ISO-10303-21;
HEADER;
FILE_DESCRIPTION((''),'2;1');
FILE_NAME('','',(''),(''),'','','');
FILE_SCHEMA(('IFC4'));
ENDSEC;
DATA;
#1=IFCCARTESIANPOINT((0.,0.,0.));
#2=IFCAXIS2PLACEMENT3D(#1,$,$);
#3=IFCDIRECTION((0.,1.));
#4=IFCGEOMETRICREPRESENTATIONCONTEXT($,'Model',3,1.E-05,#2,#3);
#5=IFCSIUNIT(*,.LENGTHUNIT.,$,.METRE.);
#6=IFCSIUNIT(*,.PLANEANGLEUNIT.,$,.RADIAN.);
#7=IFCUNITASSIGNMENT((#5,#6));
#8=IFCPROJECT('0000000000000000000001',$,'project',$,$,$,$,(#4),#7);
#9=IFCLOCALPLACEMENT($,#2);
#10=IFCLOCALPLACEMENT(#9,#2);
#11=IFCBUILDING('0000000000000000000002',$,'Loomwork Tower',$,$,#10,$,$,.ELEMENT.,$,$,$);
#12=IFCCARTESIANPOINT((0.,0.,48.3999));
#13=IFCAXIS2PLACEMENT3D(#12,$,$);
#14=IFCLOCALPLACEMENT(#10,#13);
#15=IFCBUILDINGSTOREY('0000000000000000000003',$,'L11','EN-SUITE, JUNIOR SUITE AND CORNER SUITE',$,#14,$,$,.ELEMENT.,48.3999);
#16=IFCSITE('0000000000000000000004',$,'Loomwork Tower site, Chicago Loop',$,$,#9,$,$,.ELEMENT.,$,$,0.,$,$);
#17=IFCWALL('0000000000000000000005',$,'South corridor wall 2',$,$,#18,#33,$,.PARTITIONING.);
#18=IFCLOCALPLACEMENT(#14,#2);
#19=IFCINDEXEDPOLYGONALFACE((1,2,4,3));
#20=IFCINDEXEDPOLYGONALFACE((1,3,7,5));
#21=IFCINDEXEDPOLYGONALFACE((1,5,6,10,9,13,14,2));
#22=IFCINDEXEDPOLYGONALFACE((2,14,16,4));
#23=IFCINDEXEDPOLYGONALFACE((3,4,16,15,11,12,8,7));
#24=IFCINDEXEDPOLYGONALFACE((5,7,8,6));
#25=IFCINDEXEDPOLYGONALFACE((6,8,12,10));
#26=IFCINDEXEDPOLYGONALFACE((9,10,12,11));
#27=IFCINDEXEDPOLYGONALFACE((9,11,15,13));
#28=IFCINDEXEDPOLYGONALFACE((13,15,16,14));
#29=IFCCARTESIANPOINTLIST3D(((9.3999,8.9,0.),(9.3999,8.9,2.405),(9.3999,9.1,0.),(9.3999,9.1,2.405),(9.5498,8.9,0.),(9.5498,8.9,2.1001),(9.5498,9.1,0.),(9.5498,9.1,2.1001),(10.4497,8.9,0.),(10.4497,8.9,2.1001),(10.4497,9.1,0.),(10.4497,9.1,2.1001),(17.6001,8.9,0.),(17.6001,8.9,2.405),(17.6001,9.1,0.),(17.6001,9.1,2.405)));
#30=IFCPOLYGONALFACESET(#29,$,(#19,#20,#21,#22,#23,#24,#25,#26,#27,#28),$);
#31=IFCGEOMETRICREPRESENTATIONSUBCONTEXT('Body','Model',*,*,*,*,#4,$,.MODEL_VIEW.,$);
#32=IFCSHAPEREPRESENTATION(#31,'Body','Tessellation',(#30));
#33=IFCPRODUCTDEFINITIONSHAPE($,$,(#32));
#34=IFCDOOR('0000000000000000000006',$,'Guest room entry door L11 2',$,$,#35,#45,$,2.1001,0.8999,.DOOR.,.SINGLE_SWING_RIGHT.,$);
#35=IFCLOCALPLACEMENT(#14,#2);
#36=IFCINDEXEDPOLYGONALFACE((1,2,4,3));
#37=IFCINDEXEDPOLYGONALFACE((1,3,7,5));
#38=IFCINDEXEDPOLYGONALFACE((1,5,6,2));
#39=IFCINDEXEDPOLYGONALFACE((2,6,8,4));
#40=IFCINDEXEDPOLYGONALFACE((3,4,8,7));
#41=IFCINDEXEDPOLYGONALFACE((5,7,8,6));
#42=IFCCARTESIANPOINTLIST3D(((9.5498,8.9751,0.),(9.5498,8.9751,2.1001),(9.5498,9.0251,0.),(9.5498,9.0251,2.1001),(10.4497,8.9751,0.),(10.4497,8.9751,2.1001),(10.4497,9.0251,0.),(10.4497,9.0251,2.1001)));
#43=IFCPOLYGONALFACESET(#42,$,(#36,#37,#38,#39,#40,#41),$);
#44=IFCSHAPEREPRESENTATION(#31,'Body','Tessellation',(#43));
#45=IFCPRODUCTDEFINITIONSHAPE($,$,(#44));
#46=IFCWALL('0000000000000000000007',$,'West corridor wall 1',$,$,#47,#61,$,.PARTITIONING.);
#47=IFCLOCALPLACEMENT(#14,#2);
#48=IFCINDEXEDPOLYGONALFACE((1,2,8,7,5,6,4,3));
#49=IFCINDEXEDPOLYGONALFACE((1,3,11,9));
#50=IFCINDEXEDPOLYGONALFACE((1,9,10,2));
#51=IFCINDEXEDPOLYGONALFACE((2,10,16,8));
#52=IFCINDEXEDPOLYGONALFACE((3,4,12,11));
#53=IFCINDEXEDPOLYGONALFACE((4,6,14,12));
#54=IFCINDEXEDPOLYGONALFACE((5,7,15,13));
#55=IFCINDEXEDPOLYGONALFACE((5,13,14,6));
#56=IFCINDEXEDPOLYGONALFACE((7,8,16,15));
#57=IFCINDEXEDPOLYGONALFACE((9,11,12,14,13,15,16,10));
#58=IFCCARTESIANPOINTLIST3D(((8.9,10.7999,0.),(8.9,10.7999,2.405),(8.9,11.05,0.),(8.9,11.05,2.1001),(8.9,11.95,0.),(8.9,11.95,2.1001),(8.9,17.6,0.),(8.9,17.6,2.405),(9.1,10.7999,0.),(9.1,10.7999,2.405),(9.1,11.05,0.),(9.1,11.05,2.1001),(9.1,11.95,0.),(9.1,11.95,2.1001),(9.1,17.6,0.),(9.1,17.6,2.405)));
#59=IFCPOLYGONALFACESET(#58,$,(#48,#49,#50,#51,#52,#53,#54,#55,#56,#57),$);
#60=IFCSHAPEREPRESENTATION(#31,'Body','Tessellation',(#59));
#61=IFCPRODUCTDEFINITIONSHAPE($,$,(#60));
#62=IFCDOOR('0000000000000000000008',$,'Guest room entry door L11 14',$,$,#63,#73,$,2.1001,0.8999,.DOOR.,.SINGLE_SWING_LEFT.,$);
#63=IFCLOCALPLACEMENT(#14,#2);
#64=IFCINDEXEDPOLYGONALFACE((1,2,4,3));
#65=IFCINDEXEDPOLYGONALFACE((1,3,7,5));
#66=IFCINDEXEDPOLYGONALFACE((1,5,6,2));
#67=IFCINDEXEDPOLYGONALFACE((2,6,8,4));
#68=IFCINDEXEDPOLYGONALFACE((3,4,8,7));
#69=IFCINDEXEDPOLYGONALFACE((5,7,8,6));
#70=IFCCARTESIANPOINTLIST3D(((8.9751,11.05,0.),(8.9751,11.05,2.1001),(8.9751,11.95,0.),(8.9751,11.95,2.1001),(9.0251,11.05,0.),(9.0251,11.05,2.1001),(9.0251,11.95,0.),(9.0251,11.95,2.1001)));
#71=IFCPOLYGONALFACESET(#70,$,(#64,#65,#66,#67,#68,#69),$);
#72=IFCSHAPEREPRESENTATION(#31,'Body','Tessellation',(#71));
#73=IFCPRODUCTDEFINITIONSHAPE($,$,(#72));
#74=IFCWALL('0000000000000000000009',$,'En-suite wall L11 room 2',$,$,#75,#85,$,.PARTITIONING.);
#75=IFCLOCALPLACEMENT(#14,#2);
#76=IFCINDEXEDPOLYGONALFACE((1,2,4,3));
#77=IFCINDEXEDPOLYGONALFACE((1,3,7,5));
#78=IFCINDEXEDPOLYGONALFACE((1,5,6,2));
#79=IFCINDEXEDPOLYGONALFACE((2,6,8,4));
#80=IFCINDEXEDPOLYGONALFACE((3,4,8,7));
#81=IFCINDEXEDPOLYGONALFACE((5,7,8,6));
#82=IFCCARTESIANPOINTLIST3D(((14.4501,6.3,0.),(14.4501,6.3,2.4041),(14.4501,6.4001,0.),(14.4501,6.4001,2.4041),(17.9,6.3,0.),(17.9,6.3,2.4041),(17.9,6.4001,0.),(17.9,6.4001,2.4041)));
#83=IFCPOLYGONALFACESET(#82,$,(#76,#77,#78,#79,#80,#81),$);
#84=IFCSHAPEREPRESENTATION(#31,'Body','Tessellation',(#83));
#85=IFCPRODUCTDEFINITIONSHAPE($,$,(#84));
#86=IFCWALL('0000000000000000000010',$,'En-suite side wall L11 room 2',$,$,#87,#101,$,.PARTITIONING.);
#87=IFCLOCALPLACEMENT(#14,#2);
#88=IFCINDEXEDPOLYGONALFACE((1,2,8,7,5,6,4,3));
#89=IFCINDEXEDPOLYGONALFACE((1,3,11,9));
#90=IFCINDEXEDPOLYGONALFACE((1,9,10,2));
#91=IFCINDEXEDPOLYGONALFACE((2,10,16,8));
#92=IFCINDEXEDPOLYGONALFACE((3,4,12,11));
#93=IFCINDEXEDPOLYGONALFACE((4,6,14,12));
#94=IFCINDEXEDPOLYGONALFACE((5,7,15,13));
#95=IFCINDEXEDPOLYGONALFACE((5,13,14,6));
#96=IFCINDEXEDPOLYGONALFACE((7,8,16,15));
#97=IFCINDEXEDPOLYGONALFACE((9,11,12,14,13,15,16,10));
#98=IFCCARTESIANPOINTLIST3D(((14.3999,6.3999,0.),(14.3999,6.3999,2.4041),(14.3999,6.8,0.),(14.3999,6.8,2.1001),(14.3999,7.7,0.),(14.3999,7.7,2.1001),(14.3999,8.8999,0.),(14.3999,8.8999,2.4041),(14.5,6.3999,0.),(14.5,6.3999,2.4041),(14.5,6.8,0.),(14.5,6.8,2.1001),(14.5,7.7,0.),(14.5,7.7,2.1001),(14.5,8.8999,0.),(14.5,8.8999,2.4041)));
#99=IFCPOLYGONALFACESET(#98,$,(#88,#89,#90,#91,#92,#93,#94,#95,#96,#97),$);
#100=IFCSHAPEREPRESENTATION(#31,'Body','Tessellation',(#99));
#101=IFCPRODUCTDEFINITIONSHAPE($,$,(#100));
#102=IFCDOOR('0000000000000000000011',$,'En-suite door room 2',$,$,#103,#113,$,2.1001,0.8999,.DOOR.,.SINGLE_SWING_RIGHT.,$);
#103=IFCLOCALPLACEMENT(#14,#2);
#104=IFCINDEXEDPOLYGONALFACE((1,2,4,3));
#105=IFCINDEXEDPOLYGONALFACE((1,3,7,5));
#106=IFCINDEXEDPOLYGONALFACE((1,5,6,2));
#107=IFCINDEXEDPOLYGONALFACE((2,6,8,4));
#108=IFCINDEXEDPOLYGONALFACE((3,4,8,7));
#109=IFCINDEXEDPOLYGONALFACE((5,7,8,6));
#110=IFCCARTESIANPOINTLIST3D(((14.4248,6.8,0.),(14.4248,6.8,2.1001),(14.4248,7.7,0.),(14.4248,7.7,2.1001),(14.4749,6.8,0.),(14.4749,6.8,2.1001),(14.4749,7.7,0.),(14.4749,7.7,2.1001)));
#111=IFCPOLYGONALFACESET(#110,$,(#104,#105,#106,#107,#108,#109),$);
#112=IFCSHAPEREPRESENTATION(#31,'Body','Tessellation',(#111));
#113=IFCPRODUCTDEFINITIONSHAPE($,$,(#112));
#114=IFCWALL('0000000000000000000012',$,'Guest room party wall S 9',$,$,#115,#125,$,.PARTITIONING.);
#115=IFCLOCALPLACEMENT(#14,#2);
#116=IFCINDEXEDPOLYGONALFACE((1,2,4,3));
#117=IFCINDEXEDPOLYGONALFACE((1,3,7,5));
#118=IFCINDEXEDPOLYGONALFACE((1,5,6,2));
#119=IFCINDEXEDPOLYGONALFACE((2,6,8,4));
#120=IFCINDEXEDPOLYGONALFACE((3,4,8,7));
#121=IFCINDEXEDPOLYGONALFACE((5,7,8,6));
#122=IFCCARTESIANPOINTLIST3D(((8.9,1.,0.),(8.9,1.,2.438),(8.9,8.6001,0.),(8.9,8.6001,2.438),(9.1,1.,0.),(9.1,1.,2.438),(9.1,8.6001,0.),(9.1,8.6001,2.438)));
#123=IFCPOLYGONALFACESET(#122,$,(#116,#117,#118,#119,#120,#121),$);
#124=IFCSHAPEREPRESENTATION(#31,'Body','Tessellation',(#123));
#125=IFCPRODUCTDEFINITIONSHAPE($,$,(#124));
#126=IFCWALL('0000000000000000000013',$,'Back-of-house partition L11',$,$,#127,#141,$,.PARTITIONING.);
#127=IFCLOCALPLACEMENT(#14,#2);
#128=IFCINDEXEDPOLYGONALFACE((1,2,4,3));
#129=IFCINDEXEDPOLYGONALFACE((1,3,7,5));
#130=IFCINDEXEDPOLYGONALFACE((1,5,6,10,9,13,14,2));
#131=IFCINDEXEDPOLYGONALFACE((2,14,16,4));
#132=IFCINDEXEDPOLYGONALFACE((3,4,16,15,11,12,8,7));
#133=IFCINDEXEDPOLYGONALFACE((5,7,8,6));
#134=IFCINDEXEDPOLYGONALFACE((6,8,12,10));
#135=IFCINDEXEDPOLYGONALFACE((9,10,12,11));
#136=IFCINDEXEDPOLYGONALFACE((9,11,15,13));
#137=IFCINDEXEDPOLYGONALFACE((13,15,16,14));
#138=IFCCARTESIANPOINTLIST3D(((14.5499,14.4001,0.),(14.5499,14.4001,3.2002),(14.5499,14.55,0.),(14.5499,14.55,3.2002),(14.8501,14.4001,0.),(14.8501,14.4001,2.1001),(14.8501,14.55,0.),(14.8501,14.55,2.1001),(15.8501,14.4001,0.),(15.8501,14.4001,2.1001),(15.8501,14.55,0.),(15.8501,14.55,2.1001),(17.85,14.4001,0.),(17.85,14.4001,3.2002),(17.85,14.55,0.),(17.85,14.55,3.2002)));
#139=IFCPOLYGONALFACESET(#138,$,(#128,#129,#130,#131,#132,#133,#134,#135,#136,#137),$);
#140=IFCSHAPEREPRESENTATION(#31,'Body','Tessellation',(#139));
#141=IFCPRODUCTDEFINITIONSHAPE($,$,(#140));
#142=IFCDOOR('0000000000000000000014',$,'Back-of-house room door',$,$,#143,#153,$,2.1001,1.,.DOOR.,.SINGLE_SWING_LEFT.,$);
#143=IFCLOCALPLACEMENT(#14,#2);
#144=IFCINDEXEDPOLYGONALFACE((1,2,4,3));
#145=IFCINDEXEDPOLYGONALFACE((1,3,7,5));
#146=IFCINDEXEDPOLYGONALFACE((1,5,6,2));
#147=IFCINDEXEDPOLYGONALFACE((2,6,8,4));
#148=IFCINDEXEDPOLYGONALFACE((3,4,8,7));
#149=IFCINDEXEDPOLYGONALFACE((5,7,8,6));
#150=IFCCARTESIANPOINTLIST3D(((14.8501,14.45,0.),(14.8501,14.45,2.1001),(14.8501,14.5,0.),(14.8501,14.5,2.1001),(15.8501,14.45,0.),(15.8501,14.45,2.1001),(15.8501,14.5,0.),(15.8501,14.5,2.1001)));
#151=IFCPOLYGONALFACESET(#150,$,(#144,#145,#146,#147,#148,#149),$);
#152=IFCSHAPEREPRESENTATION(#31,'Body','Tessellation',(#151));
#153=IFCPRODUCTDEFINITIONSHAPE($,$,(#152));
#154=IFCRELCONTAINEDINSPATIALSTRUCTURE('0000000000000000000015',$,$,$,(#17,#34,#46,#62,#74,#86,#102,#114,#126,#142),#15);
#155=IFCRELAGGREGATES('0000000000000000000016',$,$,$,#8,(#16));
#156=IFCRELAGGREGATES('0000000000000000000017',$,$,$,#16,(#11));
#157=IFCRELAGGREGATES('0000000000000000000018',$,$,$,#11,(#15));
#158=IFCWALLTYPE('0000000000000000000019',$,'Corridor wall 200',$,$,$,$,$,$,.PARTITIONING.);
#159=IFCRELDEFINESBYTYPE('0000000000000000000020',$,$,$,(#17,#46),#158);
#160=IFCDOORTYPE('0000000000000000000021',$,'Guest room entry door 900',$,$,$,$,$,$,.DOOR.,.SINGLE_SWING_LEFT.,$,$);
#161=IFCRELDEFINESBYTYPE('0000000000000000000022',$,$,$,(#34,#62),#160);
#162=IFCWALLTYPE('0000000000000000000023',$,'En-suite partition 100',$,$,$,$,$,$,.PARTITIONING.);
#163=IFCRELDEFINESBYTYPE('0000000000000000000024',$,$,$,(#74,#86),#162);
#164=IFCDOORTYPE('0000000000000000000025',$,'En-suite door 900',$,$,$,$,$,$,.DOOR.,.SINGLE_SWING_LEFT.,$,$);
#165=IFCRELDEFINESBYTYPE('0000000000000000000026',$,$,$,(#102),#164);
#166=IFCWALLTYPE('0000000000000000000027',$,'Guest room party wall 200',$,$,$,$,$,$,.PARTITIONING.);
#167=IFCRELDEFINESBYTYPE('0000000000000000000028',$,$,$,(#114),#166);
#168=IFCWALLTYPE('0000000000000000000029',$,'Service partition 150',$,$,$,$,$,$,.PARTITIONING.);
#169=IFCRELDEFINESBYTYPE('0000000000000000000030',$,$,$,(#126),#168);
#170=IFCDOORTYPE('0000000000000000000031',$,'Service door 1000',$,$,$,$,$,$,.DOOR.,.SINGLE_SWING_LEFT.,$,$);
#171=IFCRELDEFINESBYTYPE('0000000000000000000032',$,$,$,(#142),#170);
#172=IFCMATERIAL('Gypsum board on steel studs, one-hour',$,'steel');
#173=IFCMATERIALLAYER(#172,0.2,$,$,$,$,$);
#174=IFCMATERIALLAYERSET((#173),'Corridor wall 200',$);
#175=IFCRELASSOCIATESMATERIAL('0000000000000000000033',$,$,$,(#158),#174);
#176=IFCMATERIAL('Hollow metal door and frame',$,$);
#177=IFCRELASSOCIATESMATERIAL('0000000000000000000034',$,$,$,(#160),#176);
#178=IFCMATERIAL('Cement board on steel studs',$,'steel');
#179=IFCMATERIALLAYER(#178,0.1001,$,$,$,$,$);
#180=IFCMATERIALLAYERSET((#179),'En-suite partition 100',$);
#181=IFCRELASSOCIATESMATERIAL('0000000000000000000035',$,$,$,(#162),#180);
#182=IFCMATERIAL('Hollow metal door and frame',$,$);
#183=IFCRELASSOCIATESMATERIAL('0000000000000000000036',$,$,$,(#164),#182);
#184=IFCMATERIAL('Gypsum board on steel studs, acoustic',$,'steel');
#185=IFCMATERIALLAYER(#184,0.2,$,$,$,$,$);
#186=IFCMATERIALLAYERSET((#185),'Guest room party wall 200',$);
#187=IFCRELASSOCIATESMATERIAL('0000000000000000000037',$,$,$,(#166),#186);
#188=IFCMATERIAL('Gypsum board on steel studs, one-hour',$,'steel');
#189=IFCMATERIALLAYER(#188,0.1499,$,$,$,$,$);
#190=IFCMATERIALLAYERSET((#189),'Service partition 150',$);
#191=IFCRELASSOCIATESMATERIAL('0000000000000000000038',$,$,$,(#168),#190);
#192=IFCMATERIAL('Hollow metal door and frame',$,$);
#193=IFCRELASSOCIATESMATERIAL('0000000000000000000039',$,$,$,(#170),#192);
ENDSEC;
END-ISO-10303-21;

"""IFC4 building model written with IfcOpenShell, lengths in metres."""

from ifc_helpers import new_model, si_unit, direction, frame, frame_2d, origin, place, context, subcontext, project, spatial, rectangle, extrude, material, layer, layer_set, type_object, element, fill, save


model = new_model("IFC4")

# Units and contexts
model_context = context("Model", 3, precision=1e-05, world=origin(), true_north=direction((0.0, 1.0)))
body_context = subcontext(model_context, "Body", "Model", "MODEL_VIEW")
ifc_project = project(units=[si_unit("LENGTHUNIT", "METRE"), si_unit("PLANEANGLEUNIT", "RADIAN")], contexts=[model_context])

# Site, building, storey
site_placement = place(None, origin())
site = spatial("IfcSite", under=ifc_project, at=site_placement, Name="Loomwork Tower site, Chicago Loop", CompositionType="ELEMENT", RefElevation=0.0)
building_placement = place(site_placement, origin())
building = spatial("IfcBuilding", under=site, at=building_placement, Name="Loomwork Tower", CompositionType="ELEMENT")
storey_placement = place(building_placement, frame((0.0, 0.0, 48.3999)))
storey = spatial("IfcBuildingStorey", under=building, at=storey_placement, Name="L11", Description="EN-SUITE, JUNIOR SUITE AND CORNER SUITE", CompositionType="ELEMENT", Elevation=48.3999)

# Walls, openings, doors
ifc_material_1 = material(Name="Gypsum board on steel studs, one-hour", Category="steel")
ifc_layer_1 = layer(ifc_material_1, 0.2)
ifc_layer_set_1 = layer_set([ifc_layer_1], Name="Corridor wall 200")
wall_type_1 = type_object("IfcWallType", Name="Corridor wall 200", PredefinedType="PARTITIONING", material=ifc_layer_set_1)
wall_1_placement = place(storey_placement, frame((9.3999, 9.0, 0.0), z_axis=(0.0, 0.0, 1.0), x_axis=(1.0, 0.0, 0.0)))
wall_1 = element("IfcWall", 1, at=wall_1_placement, inside=storey, type_object=wall_type_1, Name="South corridor wall 2", PredefinedType="PARTITIONING", context=body_context, shape_type="SweptSolid", body=[
    extrude(rectangle(XDim=8.2002, YDim=0.2, at=frame_2d((4.1001, 0.0))), origin(), (0.0, 0.0, 1.0), 2.405),
])
opening_1_placement = place(wall_1_placement, frame((0.1499, 0.0, 0.0)))
opening_1 = element("IfcOpeningElement", 2, at=opening_1_placement, cuts=wall_1, PredefinedType="OPENING", context=body_context, shape_type="SweptSolid", body=[
    extrude(rectangle(XDim=0.8999, YDim=2.1001, at=frame_2d((0.45, 1.05))), frame((0.0, 0.1099, 0.0), z_axis=(0.0, -1.0, 0.0), x_axis=(1.0, 0.0, 0.0)), (0.0, 0.0, 1.0), 0.22),
])
ifc_material_2 = material(Name="Hollow metal door and frame")
door_type_1 = type_object("IfcDoorType", Name="Guest room entry door 900", OperationType="SINGLE_SWING_LEFT", PredefinedType="DOOR", material=ifc_material_2)
door_1_placement = place(opening_1_placement, frame((0.8999, 0.0, 0.0), z_axis=(0.0, 0.0, 1.0), x_axis=(-1.0, 0.0, 0.0)))
door_1 = element("IfcDoor", 3, at=door_1_placement, inside=storey, type_object=door_type_1, Name="Guest room entry door L11 2", OperationType="SINGLE_SWING_RIGHT", OverallHeight=2.1001, OverallWidth=0.8999, PredefinedType="DOOR", context=body_context, shape_type="SweptSolid", body=[
    extrude(rectangle(XDim=0.8999, YDim=2.1001, at=frame_2d((0.45, 1.05))), frame((0.0, 0.0249, 0.0), z_axis=(0.0, -1.0, 0.0), x_axis=(1.0, 0.0, 0.0)), (0.0, 0.0, 1.0), 0.05),
])
fill(opening_1, door_1)
wall_2_placement = place(storey_placement, frame((9.0, 10.8, 0.0), z_axis=(0.0, 0.0, 1.0), x_axis=(0.0, 1.0, 0.0)))
wall_2 = element("IfcWall", 4, at=wall_2_placement, inside=storey, type_object=wall_type_1, Name="West corridor wall 1", PredefinedType="PARTITIONING", context=body_context, shape_type="SweptSolid", body=[
    extrude(rectangle(XDim=6.8, YDim=0.2, at=frame_2d((3.3999, 0.0))), origin(), (0.0, 0.0, 1.0), 2.405),
])
opening_2_placement = place(wall_2_placement, frame((0.25, 0.0, 0.0)))
opening_2 = element("IfcOpeningElement", 5, at=opening_2_placement, cuts=wall_2, PredefinedType="OPENING", context=body_context, shape_type="SweptSolid", body=[
    extrude(rectangle(XDim=0.8999, YDim=2.1001, at=frame_2d((0.45, 1.05))), frame((0.0, 0.1099, 0.0), z_axis=(0.0, -1.0, 0.0), x_axis=(1.0, 0.0, 0.0)), (0.0, 0.0, 1.0), 0.22),
])
door_2_placement = place(opening_2_placement, origin())
door_2 = element("IfcDoor", 6, at=door_2_placement, inside=storey, type_object=door_type_1, Name="Guest room entry door L11 14", OperationType="SINGLE_SWING_LEFT", OverallHeight=2.1001, OverallWidth=0.8999, PredefinedType="DOOR", context=body_context, shape_type="SweptSolid", body=[
    extrude(rectangle(XDim=0.8999, YDim=2.1001, at=frame_2d((0.45, 1.05))), frame((0.0, 0.0249, 0.0), z_axis=(0.0, -1.0, 0.0), x_axis=(1.0, 0.0, 0.0)), (0.0, 0.0, 1.0), 0.05),
])
fill(opening_2, door_2)

# Wall
ifc_material_3 = material(Name="Cement board on steel studs", Category="steel")
ifc_layer_2 = layer(ifc_material_3, 0.1001)
ifc_layer_set_2 = layer_set([ifc_layer_2], Name="En-suite partition 100")
wall_type_2 = type_object("IfcWallType", Name="En-suite partition 100", PredefinedType="PARTITIONING", material=ifc_layer_set_2)
wall_3_placement = place(storey_placement, frame((14.45, 6.3501, 0.0), z_axis=(0.0, 0.0, 1.0), x_axis=(1.0, 0.0, 0.0)))
element("IfcWall", 7, at=wall_3_placement, inside=storey, type_object=wall_type_2, Name="En-suite wall L11 room 2", PredefinedType="PARTITIONING", context=body_context, shape_type="SweptSolid", body=[
    extrude(rectangle(XDim=3.45, YDim=0.1001, at=frame_2d((1.7251, 0.0))), origin(), (0.0, 0.0, 1.0), 2.4041),
])

# Wall, opening, door
wall_4_placement = place(storey_placement, frame((14.45, 8.8999, 0.0), z_axis=(0.0, 0.0, 1.0), x_axis=(0.0, -1.0, 0.0)))
wall_4 = element("IfcWall", 8, at=wall_4_placement, inside=storey, type_object=wall_type_2, Name="En-suite side wall L11 room 2", PredefinedType="PARTITIONING", context=body_context, shape_type="SweptSolid", body=[
    extrude(rectangle(XDim=2.5, YDim=0.1001, at=frame_2d((1.25, 0.0))), origin(), (0.0, 0.0, 1.0), 2.4041),
])
opening_3_placement = place(wall_4_placement, frame((1.2, 0.0, 0.0)))
opening_3 = element("IfcOpeningElement", 9, at=opening_3_placement, cuts=wall_4, PredefinedType="OPENING", context=body_context, shape_type="SweptSolid", body=[
    extrude(rectangle(XDim=0.8999, YDim=2.1001, at=frame_2d((0.45, 1.05))), frame((0.0, 0.0601, 0.0), z_axis=(0.0, -1.0, 0.0), x_axis=(1.0, 0.0, 0.0)), (0.0, 0.0, 1.0), 0.1201),
])
ifc_material_4 = material(Name="Hollow metal door and frame")
door_type_2 = type_object("IfcDoorType", Name="En-suite door 900", OperationType="SINGLE_SWING_LEFT", PredefinedType="DOOR", material=ifc_material_4)
door_3_placement = place(opening_3_placement, origin())
door_3 = element("IfcDoor", 10, at=door_3_placement, inside=storey, type_object=door_type_2, Name="En-suite door room 2", OperationType="SINGLE_SWING_RIGHT", OverallHeight=2.1001, OverallWidth=0.8999, PredefinedType="DOOR", context=body_context, shape_type="SweptSolid", body=[
    extrude(rectangle(XDim=0.8999, YDim=2.1001, at=frame_2d((0.45, 1.05))), frame((0.0, 0.0249, 0.0), z_axis=(0.0, -1.0, 0.0), x_axis=(1.0, 0.0, 0.0)), (0.0, 0.0, 1.0), 0.05),
])
fill(opening_3, door_3)

# Wall
ifc_material_5 = material(Name="Gypsum board on steel studs, acoustic", Category="steel")
ifc_layer_3 = layer(ifc_material_5, 0.2)
ifc_layer_set_3 = layer_set([ifc_layer_3], Name="Guest room party wall 200")
wall_type_3 = type_object("IfcWallType", Name="Guest room party wall 200", PredefinedType="PARTITIONING", material=ifc_layer_set_3)
wall_5_placement = place(storey_placement, frame((9.0, 8.6001, 0.0), z_axis=(0.0, 0.0, 1.0), x_axis=(0.0, -1.0, 0.0)))
element("IfcWall", 11, at=wall_5_placement, inside=storey, type_object=wall_type_3, Name="Guest room party wall S 9", PredefinedType="PARTITIONING", context=body_context, shape_type="SweptSolid", body=[
    extrude(rectangle(XDim=7.6001, YDim=0.2, at=frame_2d((3.8, 0.0))), origin(), (0.0, 0.0, 1.0), 2.438),
])

# Wall, opening, door
ifc_material_6 = material(Name="Gypsum board on steel studs, one-hour", Category="steel")
ifc_layer_4 = layer(ifc_material_6, 0.1499)
ifc_layer_set_4 = layer_set([ifc_layer_4], Name="Service partition 150")
wall_type_4 = type_object("IfcWallType", Name="Service partition 150", PredefinedType="PARTITIONING", material=ifc_layer_set_4)
wall_6_placement = place(storey_placement, frame((14.55, 14.4751, 0.0), z_axis=(0.0, 0.0, 1.0), x_axis=(1.0, 0.0, 0.0)))
wall_6 = element("IfcWall", 12, at=wall_6_placement, inside=storey, type_object=wall_type_4, Name="Back-of-house partition L11", PredefinedType="PARTITIONING", context=body_context, shape_type="SweptSolid", body=[
    extrude(rectangle(XDim=3.3, YDim=0.1499, at=frame_2d((1.6499, 0.0))), origin(), (0.0, 0.0, 1.0), 3.2002),
])
opening_4_placement = place(wall_6_placement, frame((0.3, 0.0, 0.0)))
opening_4 = element("IfcOpeningElement", 13, at=opening_4_placement, cuts=wall_6, PredefinedType="OPENING", context=body_context, shape_type="SweptSolid", body=[
    extrude(rectangle(XDim=1.0, YDim=2.1001, at=frame_2d((0.5, 1.05))), frame((0.0, 0.085, 0.0), z_axis=(0.0, -1.0, 0.0), x_axis=(1.0, 0.0, 0.0)), (0.0, 0.0, 1.0), 0.1699),
])
ifc_material_7 = material(Name="Hollow metal door and frame")
door_type_3 = type_object("IfcDoorType", Name="Service door 1000", OperationType="SINGLE_SWING_LEFT", PredefinedType="DOOR", material=ifc_material_7)
door_4_placement = place(opening_4_placement, origin())
door_4 = element("IfcDoor", 14, at=door_4_placement, inside=storey, type_object=door_type_3, Name="Back-of-house room door", OperationType="SINGLE_SWING_LEFT", OverallHeight=2.1001, OverallWidth=1.0, PredefinedType="DOOR", context=body_context, shape_type="SweptSolid", body=[
    extrude(rectangle(XDim=1.0, YDim=2.1001, at=frame_2d((0.5, 1.05))), frame((0.0, 0.0249, 0.0), z_axis=(0.0, -1.0, 0.0), x_axis=(1.0, 0.0, 0.0)), (0.0, 0.0, 1.0), 0.05),
])
fill(opening_4, door_4)

save(model, "model.ifc")
